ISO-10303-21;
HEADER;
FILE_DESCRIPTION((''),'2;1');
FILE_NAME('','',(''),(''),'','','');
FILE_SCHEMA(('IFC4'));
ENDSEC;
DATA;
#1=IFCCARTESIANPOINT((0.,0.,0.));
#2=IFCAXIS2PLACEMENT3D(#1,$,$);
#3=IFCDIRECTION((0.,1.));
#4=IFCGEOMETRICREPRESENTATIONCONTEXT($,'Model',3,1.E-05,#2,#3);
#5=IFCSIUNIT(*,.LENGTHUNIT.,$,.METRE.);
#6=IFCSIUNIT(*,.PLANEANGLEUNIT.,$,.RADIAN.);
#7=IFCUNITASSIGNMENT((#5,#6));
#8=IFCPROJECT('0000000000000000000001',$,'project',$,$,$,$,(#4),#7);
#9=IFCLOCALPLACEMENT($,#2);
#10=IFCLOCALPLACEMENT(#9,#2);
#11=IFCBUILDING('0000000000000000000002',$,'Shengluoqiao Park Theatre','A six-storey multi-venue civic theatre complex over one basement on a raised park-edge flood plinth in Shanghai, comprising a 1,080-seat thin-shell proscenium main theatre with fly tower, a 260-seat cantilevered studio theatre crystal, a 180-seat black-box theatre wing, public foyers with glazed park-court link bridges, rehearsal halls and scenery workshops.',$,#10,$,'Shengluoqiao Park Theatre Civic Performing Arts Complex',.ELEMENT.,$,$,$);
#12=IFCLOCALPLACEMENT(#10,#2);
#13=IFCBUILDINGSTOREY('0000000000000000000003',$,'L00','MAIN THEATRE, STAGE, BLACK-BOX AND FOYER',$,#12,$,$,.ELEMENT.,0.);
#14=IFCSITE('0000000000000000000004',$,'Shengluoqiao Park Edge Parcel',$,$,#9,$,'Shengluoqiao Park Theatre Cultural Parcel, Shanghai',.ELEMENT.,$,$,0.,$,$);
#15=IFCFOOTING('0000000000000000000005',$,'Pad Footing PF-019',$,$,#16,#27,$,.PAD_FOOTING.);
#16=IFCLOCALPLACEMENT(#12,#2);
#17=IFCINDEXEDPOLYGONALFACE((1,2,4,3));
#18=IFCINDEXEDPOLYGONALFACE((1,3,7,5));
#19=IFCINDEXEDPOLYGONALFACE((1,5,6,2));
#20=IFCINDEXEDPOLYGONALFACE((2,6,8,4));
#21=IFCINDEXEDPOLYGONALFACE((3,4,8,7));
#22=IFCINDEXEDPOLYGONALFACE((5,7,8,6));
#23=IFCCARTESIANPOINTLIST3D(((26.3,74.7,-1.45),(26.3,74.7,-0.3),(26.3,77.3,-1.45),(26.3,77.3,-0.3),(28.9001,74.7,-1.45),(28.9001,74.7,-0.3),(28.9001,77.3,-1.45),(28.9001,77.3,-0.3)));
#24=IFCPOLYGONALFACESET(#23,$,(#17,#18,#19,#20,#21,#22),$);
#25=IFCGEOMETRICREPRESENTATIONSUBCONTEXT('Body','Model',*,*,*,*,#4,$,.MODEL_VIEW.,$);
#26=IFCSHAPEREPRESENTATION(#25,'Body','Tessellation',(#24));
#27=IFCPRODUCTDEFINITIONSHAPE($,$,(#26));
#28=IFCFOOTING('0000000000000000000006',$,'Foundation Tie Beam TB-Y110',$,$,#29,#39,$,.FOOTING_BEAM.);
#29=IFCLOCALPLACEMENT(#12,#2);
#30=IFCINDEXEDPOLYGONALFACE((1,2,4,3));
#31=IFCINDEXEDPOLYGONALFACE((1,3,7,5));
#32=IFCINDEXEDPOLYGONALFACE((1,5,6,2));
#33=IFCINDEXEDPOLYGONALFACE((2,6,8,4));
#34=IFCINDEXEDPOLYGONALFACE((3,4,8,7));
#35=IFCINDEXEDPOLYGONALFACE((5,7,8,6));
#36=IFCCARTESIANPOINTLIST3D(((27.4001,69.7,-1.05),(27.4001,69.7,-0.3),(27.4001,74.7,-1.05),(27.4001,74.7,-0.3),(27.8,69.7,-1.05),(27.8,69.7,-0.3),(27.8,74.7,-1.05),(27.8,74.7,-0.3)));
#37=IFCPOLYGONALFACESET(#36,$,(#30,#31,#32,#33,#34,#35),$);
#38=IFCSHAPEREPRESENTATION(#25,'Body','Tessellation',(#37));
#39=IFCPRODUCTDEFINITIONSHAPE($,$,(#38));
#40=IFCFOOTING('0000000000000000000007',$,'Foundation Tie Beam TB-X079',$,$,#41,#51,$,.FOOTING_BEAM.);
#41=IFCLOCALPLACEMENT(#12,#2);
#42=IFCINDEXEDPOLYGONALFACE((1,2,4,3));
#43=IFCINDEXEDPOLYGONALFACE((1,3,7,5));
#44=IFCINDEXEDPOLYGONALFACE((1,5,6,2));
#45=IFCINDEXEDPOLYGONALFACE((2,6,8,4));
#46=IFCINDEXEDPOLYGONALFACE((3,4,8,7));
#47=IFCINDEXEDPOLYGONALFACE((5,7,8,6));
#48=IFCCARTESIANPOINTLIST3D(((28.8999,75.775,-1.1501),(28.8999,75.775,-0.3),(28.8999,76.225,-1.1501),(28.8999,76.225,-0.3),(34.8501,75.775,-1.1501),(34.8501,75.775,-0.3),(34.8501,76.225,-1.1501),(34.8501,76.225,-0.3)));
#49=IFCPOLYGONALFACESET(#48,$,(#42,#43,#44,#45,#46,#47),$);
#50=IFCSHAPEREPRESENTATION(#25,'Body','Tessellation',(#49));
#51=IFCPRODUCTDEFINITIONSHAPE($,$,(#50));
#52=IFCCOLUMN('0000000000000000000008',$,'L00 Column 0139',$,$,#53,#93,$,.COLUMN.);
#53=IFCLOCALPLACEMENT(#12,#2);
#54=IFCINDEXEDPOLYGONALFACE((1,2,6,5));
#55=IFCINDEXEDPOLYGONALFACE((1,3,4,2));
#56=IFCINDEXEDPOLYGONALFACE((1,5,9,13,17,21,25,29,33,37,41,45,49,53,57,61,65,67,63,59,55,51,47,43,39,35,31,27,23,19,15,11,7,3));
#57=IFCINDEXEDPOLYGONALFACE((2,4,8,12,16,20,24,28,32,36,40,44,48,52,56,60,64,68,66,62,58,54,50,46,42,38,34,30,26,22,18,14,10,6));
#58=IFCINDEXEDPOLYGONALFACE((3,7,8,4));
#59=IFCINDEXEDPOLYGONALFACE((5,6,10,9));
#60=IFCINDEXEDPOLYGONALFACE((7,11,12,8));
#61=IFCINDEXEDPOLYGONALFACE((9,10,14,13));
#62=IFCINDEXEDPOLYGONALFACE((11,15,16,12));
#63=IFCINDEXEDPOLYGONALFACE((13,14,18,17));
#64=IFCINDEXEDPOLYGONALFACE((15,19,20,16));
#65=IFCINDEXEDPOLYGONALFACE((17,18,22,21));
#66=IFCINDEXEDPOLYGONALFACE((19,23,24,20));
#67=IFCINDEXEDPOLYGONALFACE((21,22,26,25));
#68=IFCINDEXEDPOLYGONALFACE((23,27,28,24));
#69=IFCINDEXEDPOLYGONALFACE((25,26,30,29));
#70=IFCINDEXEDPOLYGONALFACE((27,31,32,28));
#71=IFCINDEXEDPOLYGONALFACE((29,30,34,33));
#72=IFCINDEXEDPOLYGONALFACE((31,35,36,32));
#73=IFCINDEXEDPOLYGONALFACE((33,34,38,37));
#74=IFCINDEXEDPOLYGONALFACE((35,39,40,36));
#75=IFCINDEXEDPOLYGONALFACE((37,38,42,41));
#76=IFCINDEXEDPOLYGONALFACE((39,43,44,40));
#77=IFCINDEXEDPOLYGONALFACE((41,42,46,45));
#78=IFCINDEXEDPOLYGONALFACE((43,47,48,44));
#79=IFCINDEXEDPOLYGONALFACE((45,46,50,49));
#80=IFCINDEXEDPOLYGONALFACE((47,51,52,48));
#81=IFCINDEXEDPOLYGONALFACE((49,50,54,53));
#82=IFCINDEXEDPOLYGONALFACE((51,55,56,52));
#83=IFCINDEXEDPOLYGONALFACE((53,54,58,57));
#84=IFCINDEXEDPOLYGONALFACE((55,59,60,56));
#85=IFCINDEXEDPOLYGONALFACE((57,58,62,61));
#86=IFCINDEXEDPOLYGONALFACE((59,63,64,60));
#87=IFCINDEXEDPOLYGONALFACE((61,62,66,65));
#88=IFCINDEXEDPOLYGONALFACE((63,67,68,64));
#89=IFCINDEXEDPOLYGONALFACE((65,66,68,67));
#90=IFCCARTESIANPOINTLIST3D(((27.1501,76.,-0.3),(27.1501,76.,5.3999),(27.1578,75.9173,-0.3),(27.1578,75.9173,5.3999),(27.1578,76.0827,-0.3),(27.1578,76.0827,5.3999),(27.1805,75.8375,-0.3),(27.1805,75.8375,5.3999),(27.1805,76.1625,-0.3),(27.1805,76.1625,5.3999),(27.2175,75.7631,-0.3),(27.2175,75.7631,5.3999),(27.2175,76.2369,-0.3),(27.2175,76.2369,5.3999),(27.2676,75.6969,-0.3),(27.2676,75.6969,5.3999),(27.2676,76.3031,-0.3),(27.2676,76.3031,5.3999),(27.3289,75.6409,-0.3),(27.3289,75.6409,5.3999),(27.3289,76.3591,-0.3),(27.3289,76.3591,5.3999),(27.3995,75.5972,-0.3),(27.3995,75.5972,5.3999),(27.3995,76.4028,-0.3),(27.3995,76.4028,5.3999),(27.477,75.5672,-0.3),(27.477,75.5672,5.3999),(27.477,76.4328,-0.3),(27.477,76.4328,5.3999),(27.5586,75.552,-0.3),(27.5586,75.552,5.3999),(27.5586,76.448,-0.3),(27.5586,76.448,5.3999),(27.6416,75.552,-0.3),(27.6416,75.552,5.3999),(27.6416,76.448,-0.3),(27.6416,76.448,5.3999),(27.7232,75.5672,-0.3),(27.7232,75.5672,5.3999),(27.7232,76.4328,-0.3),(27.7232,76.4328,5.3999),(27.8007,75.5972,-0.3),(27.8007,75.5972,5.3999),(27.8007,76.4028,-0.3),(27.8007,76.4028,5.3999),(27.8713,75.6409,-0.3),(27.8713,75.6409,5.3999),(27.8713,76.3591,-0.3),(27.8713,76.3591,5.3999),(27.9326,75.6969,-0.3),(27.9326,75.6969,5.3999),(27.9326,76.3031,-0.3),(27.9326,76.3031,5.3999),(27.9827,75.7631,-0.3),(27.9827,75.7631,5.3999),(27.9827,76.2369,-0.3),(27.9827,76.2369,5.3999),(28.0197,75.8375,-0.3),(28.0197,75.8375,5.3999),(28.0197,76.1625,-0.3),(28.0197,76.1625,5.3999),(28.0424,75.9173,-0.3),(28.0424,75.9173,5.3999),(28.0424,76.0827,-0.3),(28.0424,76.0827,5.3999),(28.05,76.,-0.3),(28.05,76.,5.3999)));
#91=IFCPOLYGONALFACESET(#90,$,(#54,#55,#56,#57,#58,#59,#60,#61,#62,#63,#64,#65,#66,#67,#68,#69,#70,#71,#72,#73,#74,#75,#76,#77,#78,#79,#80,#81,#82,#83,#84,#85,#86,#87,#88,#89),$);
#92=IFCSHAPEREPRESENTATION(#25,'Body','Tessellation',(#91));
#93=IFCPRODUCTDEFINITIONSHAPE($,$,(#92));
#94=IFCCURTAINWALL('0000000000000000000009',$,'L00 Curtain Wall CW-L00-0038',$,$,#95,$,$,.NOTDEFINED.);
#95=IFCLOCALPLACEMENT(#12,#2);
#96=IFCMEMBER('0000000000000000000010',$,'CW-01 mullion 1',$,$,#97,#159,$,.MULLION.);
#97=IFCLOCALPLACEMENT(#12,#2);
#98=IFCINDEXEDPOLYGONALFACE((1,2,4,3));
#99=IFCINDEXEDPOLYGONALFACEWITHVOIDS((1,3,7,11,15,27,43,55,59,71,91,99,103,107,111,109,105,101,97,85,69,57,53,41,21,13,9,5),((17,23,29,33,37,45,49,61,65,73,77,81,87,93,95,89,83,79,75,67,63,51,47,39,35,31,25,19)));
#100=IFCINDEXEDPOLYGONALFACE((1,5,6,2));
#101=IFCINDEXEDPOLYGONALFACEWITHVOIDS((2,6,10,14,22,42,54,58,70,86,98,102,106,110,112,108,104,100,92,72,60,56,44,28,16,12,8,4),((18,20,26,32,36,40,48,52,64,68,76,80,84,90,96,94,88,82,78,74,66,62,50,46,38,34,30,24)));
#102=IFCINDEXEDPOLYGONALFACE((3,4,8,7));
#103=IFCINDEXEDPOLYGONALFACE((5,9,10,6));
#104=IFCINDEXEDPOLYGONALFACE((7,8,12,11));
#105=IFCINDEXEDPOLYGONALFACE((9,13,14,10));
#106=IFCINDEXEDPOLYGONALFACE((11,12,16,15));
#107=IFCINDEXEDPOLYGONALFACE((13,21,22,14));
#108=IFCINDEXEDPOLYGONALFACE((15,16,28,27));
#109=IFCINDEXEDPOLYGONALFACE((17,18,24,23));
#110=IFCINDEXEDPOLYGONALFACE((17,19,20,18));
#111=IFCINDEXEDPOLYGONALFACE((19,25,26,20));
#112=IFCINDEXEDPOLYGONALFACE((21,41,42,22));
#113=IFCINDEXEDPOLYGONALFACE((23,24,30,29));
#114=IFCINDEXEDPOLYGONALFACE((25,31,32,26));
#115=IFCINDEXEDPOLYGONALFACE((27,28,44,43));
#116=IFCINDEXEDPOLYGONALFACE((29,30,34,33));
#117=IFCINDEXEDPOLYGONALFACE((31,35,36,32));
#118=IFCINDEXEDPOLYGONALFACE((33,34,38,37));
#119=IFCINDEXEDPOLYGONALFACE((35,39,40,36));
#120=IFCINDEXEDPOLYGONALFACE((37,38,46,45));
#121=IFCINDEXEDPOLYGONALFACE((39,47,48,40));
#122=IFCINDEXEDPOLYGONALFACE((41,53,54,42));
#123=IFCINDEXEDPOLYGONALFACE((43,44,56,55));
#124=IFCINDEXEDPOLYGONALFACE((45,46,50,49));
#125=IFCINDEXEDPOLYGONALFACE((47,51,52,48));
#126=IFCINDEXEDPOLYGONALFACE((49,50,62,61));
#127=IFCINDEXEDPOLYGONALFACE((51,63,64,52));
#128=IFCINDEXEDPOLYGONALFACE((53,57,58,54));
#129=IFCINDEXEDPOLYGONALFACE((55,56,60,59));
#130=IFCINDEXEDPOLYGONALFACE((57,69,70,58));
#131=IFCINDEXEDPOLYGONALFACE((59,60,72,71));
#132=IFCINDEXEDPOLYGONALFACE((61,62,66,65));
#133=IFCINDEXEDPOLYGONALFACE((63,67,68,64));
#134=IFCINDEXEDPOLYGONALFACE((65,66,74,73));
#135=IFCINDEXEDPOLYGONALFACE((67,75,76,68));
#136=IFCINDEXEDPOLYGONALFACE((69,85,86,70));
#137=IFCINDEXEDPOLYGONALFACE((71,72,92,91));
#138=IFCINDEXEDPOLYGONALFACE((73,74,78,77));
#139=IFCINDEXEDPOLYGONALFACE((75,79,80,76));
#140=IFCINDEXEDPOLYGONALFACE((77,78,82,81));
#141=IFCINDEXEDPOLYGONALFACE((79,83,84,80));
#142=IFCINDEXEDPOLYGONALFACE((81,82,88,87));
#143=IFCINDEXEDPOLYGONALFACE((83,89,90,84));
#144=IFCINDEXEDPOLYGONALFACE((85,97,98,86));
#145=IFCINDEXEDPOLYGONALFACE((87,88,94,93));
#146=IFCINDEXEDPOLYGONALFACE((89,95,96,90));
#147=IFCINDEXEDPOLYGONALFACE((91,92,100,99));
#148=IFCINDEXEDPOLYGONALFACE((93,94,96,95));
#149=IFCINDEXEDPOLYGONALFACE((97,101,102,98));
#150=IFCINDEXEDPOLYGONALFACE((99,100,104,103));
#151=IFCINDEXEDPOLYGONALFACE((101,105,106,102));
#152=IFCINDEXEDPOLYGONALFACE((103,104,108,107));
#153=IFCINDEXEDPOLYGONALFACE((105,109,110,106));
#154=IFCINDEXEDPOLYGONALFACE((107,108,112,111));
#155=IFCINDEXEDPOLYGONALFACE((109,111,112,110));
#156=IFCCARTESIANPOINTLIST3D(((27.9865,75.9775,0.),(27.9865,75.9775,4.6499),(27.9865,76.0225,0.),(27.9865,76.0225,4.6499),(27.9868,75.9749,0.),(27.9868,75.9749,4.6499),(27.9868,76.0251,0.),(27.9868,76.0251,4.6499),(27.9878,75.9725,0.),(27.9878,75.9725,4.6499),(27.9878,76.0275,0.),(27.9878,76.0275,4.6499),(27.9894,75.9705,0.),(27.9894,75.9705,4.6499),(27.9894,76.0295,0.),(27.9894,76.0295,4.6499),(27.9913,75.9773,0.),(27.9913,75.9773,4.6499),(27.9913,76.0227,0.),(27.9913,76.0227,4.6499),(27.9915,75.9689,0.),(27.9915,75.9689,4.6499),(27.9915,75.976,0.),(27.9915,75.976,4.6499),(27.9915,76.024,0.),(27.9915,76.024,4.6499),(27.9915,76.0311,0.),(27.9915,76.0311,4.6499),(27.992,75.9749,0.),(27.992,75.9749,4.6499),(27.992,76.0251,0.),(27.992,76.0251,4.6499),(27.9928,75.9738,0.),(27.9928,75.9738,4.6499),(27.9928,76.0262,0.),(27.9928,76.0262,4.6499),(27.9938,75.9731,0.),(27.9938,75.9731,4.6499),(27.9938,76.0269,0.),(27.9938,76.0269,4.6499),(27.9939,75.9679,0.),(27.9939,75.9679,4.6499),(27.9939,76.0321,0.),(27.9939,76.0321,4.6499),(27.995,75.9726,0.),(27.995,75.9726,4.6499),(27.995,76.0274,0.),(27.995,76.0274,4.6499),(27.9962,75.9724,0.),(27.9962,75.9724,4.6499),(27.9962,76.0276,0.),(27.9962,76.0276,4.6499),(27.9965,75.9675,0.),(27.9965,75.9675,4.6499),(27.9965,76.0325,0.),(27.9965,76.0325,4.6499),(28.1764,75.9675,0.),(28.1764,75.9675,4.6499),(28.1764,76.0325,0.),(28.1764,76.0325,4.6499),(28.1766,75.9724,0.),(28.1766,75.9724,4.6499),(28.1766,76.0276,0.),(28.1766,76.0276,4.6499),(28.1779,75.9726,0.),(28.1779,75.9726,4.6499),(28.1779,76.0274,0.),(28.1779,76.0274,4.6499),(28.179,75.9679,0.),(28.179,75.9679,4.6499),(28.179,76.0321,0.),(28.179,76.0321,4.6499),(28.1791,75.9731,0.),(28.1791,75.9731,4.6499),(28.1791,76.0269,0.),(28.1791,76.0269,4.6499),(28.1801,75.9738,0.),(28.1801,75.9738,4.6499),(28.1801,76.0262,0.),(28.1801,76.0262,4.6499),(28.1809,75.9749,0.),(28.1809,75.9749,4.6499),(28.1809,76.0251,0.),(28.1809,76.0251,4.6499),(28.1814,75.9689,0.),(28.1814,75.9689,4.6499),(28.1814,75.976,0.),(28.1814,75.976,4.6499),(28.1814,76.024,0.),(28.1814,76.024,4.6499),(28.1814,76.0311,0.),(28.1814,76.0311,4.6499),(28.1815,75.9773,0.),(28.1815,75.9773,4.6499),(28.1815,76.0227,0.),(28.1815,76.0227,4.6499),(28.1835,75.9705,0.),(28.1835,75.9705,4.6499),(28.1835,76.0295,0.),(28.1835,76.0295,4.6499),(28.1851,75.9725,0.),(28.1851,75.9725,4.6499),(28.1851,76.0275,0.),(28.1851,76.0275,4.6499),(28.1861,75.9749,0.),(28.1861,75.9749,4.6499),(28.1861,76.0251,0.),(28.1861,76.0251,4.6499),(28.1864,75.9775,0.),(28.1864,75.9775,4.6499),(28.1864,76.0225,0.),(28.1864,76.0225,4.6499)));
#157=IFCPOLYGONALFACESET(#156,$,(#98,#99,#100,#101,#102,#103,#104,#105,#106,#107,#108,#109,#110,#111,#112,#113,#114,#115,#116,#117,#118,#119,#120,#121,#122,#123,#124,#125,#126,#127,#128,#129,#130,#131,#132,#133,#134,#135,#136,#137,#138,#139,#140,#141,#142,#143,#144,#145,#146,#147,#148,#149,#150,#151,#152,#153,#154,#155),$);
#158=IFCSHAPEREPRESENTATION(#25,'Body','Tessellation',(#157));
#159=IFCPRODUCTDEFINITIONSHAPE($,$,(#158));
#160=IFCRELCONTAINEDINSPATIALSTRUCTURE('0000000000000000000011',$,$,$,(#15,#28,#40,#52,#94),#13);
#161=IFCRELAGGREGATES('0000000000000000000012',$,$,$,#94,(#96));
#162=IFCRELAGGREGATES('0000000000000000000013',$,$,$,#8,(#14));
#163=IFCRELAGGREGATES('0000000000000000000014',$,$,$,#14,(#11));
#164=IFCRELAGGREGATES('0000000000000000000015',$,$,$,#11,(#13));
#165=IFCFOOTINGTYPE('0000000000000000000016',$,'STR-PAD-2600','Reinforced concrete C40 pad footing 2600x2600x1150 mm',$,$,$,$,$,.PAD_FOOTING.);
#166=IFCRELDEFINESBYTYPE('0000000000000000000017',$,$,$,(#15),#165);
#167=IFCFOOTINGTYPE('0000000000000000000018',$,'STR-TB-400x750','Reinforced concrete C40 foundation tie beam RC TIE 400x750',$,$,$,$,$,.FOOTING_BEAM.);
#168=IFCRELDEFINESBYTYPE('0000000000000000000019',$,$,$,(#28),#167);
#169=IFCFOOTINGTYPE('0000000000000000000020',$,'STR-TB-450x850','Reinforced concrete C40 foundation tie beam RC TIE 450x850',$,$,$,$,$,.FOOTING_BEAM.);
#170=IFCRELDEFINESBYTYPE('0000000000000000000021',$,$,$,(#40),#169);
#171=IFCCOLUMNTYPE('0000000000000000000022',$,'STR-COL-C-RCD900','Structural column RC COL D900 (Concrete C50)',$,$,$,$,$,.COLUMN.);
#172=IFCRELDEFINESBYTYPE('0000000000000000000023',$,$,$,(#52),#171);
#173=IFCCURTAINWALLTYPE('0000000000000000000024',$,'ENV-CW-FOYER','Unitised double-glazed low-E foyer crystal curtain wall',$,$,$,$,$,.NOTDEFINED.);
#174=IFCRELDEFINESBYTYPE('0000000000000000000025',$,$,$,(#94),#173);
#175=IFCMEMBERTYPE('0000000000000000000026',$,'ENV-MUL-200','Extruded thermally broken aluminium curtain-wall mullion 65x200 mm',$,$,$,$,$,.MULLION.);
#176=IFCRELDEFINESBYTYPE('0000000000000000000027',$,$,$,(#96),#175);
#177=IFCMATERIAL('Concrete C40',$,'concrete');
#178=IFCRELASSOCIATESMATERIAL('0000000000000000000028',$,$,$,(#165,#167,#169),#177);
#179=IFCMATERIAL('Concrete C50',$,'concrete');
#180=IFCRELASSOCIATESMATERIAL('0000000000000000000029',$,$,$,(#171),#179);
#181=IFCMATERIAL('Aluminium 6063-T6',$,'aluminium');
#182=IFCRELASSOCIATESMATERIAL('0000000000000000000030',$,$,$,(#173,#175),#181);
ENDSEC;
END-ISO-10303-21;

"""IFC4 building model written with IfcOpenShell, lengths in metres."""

from ifc_helpers import new_model, si_unit, direction, frame, origin, origin_2d, place, context, subcontext, project, spatial, rectangle, hollow_rectangle, circle, extrude, material, material_profile, profile_set, type_object, element, aggregate, save


model = new_model("IFC4")

# Units and contexts
model_context = context("Model", 3, precision=1e-05, world=origin(), true_north=direction((0.0, 1.0)))
body_context = subcontext(model_context, "Body", "Model", "MODEL_VIEW")
ifc_project = project(units=[si_unit("LENGTHUNIT", "METRE"), si_unit("PLANEANGLEUNIT", "RADIAN")], contexts=[model_context])

# Site, building, storey
site_placement = place(None, origin())
site = spatial("IfcSite", under=ifc_project, at=site_placement, Name="Shengluoqiao Park Edge Parcel", LongName="Shengluoqiao Park Theatre Cultural Parcel, Shanghai", CompositionType="ELEMENT", RefElevation=0.0)
building_placement = place(site_placement, origin())
building = spatial("IfcBuilding", under=site, at=building_placement, Name="Shengluoqiao Park Theatre", Description="A six-storey multi-venue civic theatre complex over one basement on a raised park-edge flood plinth in Shanghai, comprising a 1,080-seat thin-shell proscenium main theatre with fly tower, a 260-seat cantilevered studio theatre crystal, a 180-seat black-box theatre wing, public foyers with glazed park-court link bridges, rehearsal halls and scenery workshops.", LongName="Shengluoqiao Park Theatre Civic Performing Arts Complex", CompositionType="ELEMENT")
storey_placement = place(building_placement, origin())
storey = spatial("IfcBuildingStorey", under=building, at=storey_placement, Name="L00", Description="MAIN THEATRE, STAGE, BLACK-BOX AND FOYER", CompositionType="ELEMENT", Elevation=0.0)

# Footings
ifc_material_1 = material(Name="Concrete C40", Category="concrete")
footing_type_1 = type_object("IfcFootingType", Name="STR-PAD-2600", Description="Reinforced concrete C40 pad footing 2600x2600x1150 mm", PredefinedType="PAD_FOOTING", material=ifc_material_1)
footing_1_placement = place(storey_placement, frame((27.6001, 76.0, -1.45), z_axis=(0.0, 0.0, 1.0), x_axis=(1.0, 0.0, 0.0)))
element("IfcFooting", 1, at=footing_1_placement, inside=storey, type_object=footing_type_1, Name="Pad Footing PF-019", PredefinedType="PAD_FOOTING", context=body_context, shape_type="SweptSolid", body=[
    extrude(rectangle(XDim=2.6001, YDim=2.6001, at=origin_2d()), origin(), (0.0, 0.0, 1.0), 1.1499),
])
ifc_material_profile_1 = material_profile(ifc_material_1, rectangle(XDim=0.3999, YDim=0.75, at=origin_2d()), Name="RC TIE 400x750")
ifc_profile_set_1 = profile_set([ifc_material_profile_1], Name="Concrete C40")
footing_type_2 = type_object("IfcFootingType", Name="STR-TB-400x750", Description="Reinforced concrete C40 foundation tie beam RC TIE 400x750", PredefinedType="FOOTING_BEAM", material=ifc_profile_set_1)
footing_2_placement = place(storey_placement, frame((27.6001, 69.7, -0.675), z_axis=(0.0, 1.0, 0.0), x_axis=(-1.0, 0.0, 0.0)))
element("IfcFooting", 2, at=footing_2_placement, inside=storey, type_object=footing_type_2, Name="Foundation Tie Beam TB-Y110", PredefinedType="FOOTING_BEAM", context=body_context, shape_type="SweptSolid", body=[
    extrude(rectangle(XDim=0.3999, YDim=0.75, at=origin_2d()), origin(), (0.0, 0.0, 1.0), 5.0),
])
ifc_material_profile_2 = material_profile(ifc_material_1, rectangle(XDim=0.45, YDim=0.8501, at=origin_2d()), Name="RC TIE 450x850")
ifc_profile_set_2 = profile_set([ifc_material_profile_2], Name="Concrete C40")
footing_type_3 = type_object("IfcFootingType", Name="STR-TB-450x850", Description="Reinforced concrete C40 foundation tie beam RC TIE 450x850", PredefinedType="FOOTING_BEAM", material=ifc_profile_set_2)
footing_3_placement = place(storey_placement, frame((28.8999, 76.0, -0.7251), z_axis=(1.0, 0.0, 0.0), x_axis=(0.0, 1.0, 0.0)))
element("IfcFooting", 3, at=footing_3_placement, inside=storey, type_object=footing_type_3, Name="Foundation Tie Beam TB-X079", PredefinedType="FOOTING_BEAM", context=body_context, shape_type="SweptSolid", body=[
    extrude(rectangle(XDim=0.45, YDim=0.8501, at=origin_2d()), origin(), (0.0, 0.0, 1.0), 5.9502),
])

# Column
ifc_material_2 = material(Name="Concrete C50", Category="concrete")
ifc_material_profile_3 = material_profile(ifc_material_2, circle(Radius=0.45, at=origin_2d()), Name="RC COL D900")
ifc_profile_set_3 = profile_set([ifc_material_profile_3], Name="Concrete C50")
column_type = type_object("IfcColumnType", Name="STR-COL-C-RCD900", Description="Structural column RC COL D900 (Concrete C50)", PredefinedType="COLUMN", material=ifc_profile_set_3)
column_placement = place(storey_placement, frame((27.6001, 76.0, -0.3), z_axis=(0.0, 0.0, 1.0), x_axis=(1.0, 0.0, 0.0)))
element("IfcColumn", 4, at=column_placement, inside=storey, type_object=column_type, Name="L00 Column 0139", PredefinedType="COLUMN", context=body_context, shape_type="SweptSolid", body=[
    extrude(circle(Radius=0.45, at=origin_2d()), origin(), (0.0, 0.0, 1.0), 5.7),
])

# Curtain wall, member
ifc_material_3 = material(Name="Aluminium 6063-T6", Category="aluminium")
curtain_wall_type = type_object("IfcCurtainWallType", Name="ENV-CW-FOYER", Description="Unitised double-glazed low-E foyer crystal curtain wall", PredefinedType="NOTDEFINED", material=ifc_material_3)
curtain_wall_placement = place(storey_placement, origin())
curtain_wall = element("IfcCurtainWall", 5, at=curtain_wall_placement, inside=storey, type_object=curtain_wall_type, Name="L00 Curtain Wall CW-L00-0038", PredefinedType="NOTDEFINED")
ifc_material_profile_4 = material_profile(ifc_material_3, hollow_rectangle(XDim=0.0649, YDim=0.2, WallThickness=0.0049, InnerFilletRadius=0.0049, OuterFilletRadius=0.01, at=origin_2d()), Name="ALU MULLION 200x65x5")
ifc_profile_set_4 = profile_set([ifc_material_profile_4], Name="Aluminium 6063-T6")
member_type_1 = type_object("IfcMemberType", Name="ENV-MUL-200", Description="Extruded thermally broken aluminium curtain-wall mullion 65x200 mm", PredefinedType="MULLION", material=ifc_profile_set_4)
member_1_placement = place(storey_placement, frame((28.0864, 76.0, 0.0), z_axis=(0.0, 0.0, 1.0), x_axis=(0.0, 1.0, 0.0)))
member_1 = element("IfcMember", 6, at=member_1_placement, type_object=member_type_1, Name="CW-01 mullion 1", PredefinedType="MULLION", context=body_context, shape_type="SweptSolid", body=[
    extrude(hollow_rectangle(XDim=0.0649, YDim=0.2, WallThickness=0.0049, InnerFilletRadius=0.0049, OuterFilletRadius=0.01, at=origin_2d()), origin(), (0.0, 0.0, 1.0), 4.6499),
])
aggregate(curtain_wall, [member_1])

save(model, "model.ifc")
